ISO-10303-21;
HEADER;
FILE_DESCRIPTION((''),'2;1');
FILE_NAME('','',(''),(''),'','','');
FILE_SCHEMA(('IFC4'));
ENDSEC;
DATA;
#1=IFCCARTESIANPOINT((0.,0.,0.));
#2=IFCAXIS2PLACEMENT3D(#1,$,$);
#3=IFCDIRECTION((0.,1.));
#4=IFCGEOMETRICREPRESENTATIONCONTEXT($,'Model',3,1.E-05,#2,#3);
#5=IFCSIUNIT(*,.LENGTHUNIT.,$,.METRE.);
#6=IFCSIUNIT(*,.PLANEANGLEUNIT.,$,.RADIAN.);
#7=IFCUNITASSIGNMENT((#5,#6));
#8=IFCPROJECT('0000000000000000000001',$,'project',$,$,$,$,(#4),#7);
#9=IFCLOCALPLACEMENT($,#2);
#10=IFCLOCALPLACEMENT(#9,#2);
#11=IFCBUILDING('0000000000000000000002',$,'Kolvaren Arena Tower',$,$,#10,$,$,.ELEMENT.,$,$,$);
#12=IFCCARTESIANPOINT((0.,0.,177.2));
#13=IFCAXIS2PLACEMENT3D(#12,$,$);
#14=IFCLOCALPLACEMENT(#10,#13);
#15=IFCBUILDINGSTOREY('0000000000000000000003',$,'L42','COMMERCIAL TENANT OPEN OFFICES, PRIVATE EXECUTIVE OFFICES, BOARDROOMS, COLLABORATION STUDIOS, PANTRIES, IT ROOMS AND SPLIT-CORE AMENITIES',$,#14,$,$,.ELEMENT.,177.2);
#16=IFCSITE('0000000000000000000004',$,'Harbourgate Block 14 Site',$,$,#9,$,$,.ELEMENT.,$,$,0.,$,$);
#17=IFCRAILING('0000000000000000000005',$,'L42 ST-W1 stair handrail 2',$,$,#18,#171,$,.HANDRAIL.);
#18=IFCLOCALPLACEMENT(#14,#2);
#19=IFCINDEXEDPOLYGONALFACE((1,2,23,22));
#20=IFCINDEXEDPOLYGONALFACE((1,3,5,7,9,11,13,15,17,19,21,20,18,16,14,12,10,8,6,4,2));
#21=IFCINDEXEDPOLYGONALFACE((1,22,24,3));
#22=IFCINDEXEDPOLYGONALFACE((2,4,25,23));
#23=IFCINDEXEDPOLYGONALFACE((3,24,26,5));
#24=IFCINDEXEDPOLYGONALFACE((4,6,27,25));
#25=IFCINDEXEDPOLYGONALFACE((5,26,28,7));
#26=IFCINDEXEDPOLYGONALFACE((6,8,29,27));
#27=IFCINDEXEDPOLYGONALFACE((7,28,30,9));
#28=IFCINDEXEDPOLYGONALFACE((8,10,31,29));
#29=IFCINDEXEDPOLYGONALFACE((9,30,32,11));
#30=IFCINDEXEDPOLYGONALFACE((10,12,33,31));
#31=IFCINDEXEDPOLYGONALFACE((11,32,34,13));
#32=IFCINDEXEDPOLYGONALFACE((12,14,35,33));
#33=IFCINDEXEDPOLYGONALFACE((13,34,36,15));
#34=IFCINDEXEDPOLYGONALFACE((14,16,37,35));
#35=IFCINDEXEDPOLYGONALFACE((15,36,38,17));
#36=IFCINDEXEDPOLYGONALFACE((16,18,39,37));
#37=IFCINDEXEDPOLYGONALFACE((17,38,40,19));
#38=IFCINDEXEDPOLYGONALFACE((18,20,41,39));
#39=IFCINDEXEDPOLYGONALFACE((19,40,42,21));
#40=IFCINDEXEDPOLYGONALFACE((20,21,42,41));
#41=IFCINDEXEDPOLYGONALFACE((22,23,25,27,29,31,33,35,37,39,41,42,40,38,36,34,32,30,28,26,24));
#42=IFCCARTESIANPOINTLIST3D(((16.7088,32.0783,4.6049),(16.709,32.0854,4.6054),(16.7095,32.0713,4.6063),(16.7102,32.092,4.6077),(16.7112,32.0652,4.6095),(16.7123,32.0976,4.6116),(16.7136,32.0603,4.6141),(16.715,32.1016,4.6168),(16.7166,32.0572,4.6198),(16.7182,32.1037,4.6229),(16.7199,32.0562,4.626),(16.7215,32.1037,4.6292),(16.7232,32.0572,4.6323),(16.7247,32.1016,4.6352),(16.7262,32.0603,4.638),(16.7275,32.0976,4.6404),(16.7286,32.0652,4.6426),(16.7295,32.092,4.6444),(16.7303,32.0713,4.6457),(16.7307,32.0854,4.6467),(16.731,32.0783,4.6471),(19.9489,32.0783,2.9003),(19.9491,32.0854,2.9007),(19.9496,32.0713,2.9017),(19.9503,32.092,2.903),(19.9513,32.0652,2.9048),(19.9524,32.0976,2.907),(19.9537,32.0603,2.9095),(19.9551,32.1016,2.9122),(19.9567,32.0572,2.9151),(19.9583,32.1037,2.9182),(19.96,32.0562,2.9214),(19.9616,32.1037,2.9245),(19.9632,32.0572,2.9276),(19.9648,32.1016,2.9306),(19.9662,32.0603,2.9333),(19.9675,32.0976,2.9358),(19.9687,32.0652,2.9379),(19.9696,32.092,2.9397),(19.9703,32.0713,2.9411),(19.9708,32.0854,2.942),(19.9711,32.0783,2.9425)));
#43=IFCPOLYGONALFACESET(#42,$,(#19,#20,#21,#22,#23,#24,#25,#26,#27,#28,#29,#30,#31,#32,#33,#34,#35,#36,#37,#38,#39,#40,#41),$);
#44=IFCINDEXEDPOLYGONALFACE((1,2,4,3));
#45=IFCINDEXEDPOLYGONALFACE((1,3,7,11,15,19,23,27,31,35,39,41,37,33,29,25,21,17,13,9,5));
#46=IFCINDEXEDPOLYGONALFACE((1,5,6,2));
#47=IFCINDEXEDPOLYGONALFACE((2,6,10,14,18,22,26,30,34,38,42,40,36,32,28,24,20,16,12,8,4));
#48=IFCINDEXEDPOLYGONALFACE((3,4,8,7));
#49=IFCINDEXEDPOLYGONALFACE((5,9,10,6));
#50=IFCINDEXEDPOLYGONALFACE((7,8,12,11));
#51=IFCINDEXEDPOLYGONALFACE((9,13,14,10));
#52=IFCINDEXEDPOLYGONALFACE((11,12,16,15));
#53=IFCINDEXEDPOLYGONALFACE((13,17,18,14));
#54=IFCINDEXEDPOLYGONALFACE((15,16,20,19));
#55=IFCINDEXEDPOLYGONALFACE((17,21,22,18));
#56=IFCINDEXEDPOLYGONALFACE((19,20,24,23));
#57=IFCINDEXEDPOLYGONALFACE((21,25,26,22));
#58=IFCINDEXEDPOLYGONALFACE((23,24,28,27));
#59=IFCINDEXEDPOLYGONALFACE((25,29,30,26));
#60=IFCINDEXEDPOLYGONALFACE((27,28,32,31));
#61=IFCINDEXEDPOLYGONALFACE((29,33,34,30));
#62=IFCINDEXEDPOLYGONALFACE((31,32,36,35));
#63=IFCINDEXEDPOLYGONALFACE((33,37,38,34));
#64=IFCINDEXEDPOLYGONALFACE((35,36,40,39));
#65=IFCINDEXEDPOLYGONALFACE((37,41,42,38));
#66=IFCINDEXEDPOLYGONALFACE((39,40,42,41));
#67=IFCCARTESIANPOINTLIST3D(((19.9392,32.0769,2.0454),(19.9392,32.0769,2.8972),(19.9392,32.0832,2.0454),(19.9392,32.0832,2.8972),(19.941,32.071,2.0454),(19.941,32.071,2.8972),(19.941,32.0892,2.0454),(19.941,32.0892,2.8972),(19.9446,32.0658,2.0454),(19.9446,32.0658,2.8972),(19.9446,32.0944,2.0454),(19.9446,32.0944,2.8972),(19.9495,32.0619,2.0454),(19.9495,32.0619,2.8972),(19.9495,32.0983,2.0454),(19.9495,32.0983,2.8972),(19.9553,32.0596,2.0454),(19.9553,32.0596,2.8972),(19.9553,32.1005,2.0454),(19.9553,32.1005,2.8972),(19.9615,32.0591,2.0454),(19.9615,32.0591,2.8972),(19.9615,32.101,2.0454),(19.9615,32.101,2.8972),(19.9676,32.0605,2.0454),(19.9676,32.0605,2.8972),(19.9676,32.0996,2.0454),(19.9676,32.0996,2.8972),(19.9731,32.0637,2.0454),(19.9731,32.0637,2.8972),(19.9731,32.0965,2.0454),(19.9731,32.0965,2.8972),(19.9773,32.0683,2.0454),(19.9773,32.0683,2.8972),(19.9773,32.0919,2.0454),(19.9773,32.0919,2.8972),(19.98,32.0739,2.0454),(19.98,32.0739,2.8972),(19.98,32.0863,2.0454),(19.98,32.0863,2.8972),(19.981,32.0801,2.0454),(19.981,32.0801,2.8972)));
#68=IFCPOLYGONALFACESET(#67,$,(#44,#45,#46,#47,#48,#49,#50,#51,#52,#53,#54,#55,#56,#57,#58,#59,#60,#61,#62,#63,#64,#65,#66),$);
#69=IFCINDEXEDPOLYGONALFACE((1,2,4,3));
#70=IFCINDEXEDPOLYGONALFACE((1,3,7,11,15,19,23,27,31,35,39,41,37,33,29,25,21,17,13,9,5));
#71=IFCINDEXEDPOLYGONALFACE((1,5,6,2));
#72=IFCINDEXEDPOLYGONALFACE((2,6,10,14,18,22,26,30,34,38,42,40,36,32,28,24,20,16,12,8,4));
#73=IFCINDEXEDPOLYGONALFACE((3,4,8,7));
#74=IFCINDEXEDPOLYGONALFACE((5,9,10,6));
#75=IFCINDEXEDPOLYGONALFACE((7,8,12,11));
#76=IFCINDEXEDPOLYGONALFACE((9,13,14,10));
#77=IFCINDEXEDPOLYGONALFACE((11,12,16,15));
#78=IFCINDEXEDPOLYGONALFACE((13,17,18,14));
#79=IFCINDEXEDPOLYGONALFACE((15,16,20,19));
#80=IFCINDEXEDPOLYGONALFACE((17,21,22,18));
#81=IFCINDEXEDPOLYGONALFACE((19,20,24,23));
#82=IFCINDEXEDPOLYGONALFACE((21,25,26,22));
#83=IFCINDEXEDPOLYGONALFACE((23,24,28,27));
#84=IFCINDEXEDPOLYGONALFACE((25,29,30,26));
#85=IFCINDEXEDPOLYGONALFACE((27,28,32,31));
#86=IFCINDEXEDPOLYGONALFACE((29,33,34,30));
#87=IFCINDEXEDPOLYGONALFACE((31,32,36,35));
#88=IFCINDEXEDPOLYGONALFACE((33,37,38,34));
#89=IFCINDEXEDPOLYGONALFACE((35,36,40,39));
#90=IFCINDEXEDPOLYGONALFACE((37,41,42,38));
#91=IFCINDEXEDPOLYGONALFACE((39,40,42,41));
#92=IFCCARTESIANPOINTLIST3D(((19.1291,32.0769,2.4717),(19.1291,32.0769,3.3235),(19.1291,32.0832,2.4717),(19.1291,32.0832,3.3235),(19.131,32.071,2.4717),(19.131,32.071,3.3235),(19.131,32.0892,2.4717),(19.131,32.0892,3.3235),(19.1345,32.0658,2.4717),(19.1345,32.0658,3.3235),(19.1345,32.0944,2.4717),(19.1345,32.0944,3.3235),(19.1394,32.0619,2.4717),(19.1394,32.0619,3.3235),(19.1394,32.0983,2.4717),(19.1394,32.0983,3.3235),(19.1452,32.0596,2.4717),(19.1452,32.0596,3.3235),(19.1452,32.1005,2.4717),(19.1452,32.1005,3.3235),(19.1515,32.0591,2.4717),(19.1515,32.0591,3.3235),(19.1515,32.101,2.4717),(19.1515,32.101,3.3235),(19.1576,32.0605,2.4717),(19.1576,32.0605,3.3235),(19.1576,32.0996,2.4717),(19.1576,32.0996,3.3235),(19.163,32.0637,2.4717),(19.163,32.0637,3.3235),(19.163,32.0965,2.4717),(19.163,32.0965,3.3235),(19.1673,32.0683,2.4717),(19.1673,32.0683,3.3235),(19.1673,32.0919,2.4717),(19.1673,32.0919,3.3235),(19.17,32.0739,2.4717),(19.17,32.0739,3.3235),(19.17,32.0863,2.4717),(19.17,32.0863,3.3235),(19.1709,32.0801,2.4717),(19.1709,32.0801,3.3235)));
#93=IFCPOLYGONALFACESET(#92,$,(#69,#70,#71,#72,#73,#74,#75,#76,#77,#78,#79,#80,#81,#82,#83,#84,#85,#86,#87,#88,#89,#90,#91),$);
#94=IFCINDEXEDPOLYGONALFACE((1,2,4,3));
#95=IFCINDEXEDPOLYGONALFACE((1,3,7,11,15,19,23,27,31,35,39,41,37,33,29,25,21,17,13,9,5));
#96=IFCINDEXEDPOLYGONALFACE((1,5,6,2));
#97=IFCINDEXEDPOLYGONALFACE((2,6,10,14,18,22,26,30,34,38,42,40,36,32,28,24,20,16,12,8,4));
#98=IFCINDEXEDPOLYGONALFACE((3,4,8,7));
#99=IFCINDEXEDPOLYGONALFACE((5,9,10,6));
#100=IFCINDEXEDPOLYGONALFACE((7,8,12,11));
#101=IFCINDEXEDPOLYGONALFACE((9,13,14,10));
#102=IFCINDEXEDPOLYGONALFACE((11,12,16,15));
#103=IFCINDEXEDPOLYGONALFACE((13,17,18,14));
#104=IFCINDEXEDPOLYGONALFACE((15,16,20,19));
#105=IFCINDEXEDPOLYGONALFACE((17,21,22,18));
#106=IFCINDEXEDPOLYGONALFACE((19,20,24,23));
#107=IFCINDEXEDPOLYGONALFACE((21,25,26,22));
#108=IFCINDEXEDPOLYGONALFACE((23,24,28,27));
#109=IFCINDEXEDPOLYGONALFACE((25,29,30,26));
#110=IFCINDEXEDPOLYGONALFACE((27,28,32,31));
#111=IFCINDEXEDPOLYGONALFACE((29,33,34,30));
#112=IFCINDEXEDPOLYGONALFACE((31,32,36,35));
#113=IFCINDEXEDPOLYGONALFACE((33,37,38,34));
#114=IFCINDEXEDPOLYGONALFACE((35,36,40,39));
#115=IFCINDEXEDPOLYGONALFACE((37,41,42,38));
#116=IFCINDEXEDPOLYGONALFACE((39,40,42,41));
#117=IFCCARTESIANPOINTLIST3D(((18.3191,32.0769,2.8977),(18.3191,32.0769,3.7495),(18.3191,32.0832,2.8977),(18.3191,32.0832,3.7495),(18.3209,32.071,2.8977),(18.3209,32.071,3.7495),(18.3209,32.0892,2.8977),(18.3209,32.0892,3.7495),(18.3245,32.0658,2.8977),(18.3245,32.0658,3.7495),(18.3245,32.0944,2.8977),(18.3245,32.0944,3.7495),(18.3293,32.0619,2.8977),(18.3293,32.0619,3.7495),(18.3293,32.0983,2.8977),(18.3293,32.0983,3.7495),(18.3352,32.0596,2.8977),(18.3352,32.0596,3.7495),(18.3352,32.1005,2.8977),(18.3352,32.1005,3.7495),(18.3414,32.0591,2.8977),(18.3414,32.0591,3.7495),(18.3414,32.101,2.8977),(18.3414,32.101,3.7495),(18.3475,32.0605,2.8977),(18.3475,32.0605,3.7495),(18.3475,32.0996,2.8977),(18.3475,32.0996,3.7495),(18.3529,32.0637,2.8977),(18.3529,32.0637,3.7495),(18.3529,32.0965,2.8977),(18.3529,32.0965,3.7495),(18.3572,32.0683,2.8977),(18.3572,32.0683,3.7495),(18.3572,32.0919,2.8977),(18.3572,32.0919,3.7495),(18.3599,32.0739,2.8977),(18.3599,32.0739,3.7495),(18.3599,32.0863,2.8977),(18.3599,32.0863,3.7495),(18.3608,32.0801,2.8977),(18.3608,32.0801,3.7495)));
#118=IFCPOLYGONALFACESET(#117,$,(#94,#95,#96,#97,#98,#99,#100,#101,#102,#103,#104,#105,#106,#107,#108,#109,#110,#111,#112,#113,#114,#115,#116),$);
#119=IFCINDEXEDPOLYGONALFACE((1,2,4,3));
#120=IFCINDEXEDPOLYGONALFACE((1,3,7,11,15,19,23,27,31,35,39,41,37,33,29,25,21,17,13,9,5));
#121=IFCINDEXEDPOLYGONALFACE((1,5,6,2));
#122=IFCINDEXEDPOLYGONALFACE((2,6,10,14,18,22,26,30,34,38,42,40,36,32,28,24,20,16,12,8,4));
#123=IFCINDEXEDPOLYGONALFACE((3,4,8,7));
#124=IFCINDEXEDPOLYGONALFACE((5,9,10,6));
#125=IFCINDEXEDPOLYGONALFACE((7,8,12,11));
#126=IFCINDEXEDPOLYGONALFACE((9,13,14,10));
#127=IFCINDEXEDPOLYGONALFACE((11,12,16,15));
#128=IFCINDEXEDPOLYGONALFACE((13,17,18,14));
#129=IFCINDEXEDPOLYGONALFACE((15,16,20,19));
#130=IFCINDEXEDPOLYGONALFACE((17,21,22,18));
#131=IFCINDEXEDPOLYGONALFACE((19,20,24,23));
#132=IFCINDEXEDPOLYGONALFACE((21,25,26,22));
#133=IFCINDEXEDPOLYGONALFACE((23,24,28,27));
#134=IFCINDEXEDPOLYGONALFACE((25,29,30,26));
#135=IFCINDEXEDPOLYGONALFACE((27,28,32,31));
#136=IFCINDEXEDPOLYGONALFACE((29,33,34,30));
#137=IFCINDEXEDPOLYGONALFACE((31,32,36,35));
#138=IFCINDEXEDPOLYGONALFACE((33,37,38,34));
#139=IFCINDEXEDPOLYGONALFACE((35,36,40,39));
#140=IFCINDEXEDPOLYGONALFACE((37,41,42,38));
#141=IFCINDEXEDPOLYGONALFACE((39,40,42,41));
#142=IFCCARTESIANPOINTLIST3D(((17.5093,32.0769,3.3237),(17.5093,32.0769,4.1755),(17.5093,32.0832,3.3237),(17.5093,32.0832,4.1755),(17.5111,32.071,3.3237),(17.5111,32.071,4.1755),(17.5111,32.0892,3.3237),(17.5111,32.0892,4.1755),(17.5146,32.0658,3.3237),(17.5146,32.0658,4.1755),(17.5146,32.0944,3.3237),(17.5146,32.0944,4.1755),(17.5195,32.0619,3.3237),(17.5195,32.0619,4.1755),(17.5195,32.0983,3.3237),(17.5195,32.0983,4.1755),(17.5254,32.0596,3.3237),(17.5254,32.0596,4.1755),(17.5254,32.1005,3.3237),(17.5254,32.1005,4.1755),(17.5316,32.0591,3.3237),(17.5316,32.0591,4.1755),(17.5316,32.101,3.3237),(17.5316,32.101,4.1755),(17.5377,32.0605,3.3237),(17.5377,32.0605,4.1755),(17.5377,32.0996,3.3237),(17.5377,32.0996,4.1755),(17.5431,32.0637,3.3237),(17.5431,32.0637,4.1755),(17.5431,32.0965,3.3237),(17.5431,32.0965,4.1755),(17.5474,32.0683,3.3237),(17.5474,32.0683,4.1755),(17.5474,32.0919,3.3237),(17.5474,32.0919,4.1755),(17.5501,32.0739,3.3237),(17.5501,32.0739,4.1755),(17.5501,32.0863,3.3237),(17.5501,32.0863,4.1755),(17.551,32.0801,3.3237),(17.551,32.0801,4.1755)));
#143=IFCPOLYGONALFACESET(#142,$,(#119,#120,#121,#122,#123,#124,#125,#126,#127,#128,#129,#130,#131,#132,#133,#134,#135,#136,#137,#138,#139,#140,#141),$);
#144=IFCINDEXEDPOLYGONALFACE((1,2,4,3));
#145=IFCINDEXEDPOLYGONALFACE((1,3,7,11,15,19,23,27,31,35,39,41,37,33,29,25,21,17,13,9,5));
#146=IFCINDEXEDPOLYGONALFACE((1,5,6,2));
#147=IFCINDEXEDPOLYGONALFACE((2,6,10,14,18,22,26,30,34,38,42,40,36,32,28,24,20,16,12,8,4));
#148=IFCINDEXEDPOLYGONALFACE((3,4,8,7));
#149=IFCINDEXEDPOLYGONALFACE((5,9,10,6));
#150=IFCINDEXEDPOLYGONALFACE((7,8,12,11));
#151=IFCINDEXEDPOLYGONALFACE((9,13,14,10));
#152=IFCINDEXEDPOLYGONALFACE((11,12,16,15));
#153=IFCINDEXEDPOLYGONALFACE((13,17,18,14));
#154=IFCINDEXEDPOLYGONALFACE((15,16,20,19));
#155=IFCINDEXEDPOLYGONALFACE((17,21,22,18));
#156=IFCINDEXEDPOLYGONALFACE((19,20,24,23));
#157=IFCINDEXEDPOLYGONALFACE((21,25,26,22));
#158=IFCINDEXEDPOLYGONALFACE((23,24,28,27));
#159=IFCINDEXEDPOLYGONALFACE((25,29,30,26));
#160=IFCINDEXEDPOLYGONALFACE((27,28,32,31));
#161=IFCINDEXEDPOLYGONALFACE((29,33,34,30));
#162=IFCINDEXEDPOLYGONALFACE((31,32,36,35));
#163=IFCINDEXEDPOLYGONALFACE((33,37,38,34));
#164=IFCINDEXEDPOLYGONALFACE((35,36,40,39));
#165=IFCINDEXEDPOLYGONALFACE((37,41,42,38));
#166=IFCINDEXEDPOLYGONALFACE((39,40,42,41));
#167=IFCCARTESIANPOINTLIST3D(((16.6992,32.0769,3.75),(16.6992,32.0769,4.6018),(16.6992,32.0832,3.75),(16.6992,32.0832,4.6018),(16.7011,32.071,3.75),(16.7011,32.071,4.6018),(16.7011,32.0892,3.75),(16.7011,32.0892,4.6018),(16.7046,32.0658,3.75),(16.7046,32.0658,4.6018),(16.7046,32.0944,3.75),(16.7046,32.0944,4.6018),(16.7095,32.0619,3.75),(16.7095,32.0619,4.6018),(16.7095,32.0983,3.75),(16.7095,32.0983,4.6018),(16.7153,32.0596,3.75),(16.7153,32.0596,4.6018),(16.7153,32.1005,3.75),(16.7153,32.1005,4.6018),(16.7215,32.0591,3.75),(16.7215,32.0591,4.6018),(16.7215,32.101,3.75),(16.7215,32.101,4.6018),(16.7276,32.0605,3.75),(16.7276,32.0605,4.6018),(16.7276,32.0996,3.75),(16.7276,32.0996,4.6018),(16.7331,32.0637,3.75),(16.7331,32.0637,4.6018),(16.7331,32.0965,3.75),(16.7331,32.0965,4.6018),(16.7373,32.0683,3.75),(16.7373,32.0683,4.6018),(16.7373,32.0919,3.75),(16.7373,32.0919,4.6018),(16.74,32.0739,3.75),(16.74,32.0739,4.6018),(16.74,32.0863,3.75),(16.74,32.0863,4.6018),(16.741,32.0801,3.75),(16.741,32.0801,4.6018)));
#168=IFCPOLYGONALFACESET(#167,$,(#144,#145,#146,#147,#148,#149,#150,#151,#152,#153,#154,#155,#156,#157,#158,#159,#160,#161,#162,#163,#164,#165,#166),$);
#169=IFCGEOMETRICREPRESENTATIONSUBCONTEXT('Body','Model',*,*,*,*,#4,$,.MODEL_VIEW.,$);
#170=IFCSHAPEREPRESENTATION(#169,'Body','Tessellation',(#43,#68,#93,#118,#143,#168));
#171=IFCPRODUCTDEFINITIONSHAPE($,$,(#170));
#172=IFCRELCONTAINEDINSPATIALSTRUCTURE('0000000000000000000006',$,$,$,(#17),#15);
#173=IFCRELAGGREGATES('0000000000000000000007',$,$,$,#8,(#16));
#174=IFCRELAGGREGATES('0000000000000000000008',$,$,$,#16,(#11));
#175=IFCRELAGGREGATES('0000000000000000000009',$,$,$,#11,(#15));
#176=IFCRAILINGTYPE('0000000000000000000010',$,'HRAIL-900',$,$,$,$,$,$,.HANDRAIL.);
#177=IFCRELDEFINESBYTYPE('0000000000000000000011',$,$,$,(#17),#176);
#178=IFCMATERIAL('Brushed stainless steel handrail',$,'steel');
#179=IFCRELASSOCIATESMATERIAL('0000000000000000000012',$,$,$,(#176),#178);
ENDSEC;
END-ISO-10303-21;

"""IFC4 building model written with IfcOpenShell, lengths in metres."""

from ifc_helpers import new_model, si_unit, direction, frame, origin, origin_2d, place, context, subcontext, project, spatial, circle, extrude, material, type_object, element, save


model = new_model("IFC4")

# Units and contexts
model_context = context("Model", 3, precision=1e-05, world=origin(), true_north=direction((0.0, 1.0)))
body_context = subcontext(model_context, "Body", "Model", "MODEL_VIEW")
ifc_project = project(units=[si_unit("LENGTHUNIT", "METRE"), si_unit("PLANEANGLEUNIT", "RADIAN")], contexts=[model_context])

# Site, building, storey
site_placement = place(None, origin())
site = spatial("IfcSite", under=ifc_project, at=site_placement, Name="Harbourgate Block 14 Site", CompositionType="ELEMENT", RefElevation=0.0)
building_placement = place(site_placement, origin())
building = spatial("IfcBuilding", under=site, at=building_placement, Name="Kolvaren Arena Tower", CompositionType="ELEMENT")
storey_placement = place(building_placement, frame((0.0, 0.0, 177.2)))
storey = spatial("IfcBuildingStorey", under=building, at=storey_placement, Name="L42", Description="COMMERCIAL TENANT OPEN OFFICES, PRIVATE EXECUTIVE OFFICES, BOARDROOMS, COLLABORATION STUDIOS, PANTRIES, IT ROOMS AND SPLIT-CORE AMENITIES", CompositionType="ELEMENT", Elevation=177.2)

# Railing
ifc_material_1 = material(Name="Brushed stainless steel handrail", Category="steel")
railing_type_1 = type_object("IfcRailingType", Name="HRAIL-900", PredefinedType="HANDRAIL", material=ifc_material_1)
railing_1_placement = place(storey_placement, frame((19.96, 32.0801, 2.0454)))
element("IfcRailing", 1, at=railing_1_placement, inside=storey, type_object=railing_type_1, Name="L42 ST-W1 stair handrail 2", PredefinedType="HANDRAIL", context=body_context, shape_type="SweptSolid", body=[
    extrude(circle(Radius=0.0239, at=origin_2d()), frame((0.0, 0.0, 0.876), z_axis=(-0.884993, 0.0, 0.465604), x_axis=(0.0, -1.0, 0.0)), (0.0, 0.0, 1.0), 3.6611),
    extrude(circle(Radius=0.021, at=origin_2d()), origin(), (0.0, 0.0, 1.0), 0.8518),
    extrude(circle(Radius=0.021, at=origin_2d()), frame((-0.8101, 0.0, 0.4263)), (0.0, 0.0, 1.0), 0.8518),
    extrude(circle(Radius=0.021, at=origin_2d()), frame((-1.6201, 0.0, 0.8523)), (0.0, 0.0, 1.0), 0.8518),
    extrude(circle(Radius=0.021, at=origin_2d()), frame((-2.4299, 0.0, 1.2783)), (0.0, 0.0, 1.0), 0.8518),
    extrude(circle(Radius=0.021, at=origin_2d()), frame((-3.24, 0.0, 1.7046)), (0.0, 0.0, 1.0), 0.8518),
])

save(model, "model.ifc")
